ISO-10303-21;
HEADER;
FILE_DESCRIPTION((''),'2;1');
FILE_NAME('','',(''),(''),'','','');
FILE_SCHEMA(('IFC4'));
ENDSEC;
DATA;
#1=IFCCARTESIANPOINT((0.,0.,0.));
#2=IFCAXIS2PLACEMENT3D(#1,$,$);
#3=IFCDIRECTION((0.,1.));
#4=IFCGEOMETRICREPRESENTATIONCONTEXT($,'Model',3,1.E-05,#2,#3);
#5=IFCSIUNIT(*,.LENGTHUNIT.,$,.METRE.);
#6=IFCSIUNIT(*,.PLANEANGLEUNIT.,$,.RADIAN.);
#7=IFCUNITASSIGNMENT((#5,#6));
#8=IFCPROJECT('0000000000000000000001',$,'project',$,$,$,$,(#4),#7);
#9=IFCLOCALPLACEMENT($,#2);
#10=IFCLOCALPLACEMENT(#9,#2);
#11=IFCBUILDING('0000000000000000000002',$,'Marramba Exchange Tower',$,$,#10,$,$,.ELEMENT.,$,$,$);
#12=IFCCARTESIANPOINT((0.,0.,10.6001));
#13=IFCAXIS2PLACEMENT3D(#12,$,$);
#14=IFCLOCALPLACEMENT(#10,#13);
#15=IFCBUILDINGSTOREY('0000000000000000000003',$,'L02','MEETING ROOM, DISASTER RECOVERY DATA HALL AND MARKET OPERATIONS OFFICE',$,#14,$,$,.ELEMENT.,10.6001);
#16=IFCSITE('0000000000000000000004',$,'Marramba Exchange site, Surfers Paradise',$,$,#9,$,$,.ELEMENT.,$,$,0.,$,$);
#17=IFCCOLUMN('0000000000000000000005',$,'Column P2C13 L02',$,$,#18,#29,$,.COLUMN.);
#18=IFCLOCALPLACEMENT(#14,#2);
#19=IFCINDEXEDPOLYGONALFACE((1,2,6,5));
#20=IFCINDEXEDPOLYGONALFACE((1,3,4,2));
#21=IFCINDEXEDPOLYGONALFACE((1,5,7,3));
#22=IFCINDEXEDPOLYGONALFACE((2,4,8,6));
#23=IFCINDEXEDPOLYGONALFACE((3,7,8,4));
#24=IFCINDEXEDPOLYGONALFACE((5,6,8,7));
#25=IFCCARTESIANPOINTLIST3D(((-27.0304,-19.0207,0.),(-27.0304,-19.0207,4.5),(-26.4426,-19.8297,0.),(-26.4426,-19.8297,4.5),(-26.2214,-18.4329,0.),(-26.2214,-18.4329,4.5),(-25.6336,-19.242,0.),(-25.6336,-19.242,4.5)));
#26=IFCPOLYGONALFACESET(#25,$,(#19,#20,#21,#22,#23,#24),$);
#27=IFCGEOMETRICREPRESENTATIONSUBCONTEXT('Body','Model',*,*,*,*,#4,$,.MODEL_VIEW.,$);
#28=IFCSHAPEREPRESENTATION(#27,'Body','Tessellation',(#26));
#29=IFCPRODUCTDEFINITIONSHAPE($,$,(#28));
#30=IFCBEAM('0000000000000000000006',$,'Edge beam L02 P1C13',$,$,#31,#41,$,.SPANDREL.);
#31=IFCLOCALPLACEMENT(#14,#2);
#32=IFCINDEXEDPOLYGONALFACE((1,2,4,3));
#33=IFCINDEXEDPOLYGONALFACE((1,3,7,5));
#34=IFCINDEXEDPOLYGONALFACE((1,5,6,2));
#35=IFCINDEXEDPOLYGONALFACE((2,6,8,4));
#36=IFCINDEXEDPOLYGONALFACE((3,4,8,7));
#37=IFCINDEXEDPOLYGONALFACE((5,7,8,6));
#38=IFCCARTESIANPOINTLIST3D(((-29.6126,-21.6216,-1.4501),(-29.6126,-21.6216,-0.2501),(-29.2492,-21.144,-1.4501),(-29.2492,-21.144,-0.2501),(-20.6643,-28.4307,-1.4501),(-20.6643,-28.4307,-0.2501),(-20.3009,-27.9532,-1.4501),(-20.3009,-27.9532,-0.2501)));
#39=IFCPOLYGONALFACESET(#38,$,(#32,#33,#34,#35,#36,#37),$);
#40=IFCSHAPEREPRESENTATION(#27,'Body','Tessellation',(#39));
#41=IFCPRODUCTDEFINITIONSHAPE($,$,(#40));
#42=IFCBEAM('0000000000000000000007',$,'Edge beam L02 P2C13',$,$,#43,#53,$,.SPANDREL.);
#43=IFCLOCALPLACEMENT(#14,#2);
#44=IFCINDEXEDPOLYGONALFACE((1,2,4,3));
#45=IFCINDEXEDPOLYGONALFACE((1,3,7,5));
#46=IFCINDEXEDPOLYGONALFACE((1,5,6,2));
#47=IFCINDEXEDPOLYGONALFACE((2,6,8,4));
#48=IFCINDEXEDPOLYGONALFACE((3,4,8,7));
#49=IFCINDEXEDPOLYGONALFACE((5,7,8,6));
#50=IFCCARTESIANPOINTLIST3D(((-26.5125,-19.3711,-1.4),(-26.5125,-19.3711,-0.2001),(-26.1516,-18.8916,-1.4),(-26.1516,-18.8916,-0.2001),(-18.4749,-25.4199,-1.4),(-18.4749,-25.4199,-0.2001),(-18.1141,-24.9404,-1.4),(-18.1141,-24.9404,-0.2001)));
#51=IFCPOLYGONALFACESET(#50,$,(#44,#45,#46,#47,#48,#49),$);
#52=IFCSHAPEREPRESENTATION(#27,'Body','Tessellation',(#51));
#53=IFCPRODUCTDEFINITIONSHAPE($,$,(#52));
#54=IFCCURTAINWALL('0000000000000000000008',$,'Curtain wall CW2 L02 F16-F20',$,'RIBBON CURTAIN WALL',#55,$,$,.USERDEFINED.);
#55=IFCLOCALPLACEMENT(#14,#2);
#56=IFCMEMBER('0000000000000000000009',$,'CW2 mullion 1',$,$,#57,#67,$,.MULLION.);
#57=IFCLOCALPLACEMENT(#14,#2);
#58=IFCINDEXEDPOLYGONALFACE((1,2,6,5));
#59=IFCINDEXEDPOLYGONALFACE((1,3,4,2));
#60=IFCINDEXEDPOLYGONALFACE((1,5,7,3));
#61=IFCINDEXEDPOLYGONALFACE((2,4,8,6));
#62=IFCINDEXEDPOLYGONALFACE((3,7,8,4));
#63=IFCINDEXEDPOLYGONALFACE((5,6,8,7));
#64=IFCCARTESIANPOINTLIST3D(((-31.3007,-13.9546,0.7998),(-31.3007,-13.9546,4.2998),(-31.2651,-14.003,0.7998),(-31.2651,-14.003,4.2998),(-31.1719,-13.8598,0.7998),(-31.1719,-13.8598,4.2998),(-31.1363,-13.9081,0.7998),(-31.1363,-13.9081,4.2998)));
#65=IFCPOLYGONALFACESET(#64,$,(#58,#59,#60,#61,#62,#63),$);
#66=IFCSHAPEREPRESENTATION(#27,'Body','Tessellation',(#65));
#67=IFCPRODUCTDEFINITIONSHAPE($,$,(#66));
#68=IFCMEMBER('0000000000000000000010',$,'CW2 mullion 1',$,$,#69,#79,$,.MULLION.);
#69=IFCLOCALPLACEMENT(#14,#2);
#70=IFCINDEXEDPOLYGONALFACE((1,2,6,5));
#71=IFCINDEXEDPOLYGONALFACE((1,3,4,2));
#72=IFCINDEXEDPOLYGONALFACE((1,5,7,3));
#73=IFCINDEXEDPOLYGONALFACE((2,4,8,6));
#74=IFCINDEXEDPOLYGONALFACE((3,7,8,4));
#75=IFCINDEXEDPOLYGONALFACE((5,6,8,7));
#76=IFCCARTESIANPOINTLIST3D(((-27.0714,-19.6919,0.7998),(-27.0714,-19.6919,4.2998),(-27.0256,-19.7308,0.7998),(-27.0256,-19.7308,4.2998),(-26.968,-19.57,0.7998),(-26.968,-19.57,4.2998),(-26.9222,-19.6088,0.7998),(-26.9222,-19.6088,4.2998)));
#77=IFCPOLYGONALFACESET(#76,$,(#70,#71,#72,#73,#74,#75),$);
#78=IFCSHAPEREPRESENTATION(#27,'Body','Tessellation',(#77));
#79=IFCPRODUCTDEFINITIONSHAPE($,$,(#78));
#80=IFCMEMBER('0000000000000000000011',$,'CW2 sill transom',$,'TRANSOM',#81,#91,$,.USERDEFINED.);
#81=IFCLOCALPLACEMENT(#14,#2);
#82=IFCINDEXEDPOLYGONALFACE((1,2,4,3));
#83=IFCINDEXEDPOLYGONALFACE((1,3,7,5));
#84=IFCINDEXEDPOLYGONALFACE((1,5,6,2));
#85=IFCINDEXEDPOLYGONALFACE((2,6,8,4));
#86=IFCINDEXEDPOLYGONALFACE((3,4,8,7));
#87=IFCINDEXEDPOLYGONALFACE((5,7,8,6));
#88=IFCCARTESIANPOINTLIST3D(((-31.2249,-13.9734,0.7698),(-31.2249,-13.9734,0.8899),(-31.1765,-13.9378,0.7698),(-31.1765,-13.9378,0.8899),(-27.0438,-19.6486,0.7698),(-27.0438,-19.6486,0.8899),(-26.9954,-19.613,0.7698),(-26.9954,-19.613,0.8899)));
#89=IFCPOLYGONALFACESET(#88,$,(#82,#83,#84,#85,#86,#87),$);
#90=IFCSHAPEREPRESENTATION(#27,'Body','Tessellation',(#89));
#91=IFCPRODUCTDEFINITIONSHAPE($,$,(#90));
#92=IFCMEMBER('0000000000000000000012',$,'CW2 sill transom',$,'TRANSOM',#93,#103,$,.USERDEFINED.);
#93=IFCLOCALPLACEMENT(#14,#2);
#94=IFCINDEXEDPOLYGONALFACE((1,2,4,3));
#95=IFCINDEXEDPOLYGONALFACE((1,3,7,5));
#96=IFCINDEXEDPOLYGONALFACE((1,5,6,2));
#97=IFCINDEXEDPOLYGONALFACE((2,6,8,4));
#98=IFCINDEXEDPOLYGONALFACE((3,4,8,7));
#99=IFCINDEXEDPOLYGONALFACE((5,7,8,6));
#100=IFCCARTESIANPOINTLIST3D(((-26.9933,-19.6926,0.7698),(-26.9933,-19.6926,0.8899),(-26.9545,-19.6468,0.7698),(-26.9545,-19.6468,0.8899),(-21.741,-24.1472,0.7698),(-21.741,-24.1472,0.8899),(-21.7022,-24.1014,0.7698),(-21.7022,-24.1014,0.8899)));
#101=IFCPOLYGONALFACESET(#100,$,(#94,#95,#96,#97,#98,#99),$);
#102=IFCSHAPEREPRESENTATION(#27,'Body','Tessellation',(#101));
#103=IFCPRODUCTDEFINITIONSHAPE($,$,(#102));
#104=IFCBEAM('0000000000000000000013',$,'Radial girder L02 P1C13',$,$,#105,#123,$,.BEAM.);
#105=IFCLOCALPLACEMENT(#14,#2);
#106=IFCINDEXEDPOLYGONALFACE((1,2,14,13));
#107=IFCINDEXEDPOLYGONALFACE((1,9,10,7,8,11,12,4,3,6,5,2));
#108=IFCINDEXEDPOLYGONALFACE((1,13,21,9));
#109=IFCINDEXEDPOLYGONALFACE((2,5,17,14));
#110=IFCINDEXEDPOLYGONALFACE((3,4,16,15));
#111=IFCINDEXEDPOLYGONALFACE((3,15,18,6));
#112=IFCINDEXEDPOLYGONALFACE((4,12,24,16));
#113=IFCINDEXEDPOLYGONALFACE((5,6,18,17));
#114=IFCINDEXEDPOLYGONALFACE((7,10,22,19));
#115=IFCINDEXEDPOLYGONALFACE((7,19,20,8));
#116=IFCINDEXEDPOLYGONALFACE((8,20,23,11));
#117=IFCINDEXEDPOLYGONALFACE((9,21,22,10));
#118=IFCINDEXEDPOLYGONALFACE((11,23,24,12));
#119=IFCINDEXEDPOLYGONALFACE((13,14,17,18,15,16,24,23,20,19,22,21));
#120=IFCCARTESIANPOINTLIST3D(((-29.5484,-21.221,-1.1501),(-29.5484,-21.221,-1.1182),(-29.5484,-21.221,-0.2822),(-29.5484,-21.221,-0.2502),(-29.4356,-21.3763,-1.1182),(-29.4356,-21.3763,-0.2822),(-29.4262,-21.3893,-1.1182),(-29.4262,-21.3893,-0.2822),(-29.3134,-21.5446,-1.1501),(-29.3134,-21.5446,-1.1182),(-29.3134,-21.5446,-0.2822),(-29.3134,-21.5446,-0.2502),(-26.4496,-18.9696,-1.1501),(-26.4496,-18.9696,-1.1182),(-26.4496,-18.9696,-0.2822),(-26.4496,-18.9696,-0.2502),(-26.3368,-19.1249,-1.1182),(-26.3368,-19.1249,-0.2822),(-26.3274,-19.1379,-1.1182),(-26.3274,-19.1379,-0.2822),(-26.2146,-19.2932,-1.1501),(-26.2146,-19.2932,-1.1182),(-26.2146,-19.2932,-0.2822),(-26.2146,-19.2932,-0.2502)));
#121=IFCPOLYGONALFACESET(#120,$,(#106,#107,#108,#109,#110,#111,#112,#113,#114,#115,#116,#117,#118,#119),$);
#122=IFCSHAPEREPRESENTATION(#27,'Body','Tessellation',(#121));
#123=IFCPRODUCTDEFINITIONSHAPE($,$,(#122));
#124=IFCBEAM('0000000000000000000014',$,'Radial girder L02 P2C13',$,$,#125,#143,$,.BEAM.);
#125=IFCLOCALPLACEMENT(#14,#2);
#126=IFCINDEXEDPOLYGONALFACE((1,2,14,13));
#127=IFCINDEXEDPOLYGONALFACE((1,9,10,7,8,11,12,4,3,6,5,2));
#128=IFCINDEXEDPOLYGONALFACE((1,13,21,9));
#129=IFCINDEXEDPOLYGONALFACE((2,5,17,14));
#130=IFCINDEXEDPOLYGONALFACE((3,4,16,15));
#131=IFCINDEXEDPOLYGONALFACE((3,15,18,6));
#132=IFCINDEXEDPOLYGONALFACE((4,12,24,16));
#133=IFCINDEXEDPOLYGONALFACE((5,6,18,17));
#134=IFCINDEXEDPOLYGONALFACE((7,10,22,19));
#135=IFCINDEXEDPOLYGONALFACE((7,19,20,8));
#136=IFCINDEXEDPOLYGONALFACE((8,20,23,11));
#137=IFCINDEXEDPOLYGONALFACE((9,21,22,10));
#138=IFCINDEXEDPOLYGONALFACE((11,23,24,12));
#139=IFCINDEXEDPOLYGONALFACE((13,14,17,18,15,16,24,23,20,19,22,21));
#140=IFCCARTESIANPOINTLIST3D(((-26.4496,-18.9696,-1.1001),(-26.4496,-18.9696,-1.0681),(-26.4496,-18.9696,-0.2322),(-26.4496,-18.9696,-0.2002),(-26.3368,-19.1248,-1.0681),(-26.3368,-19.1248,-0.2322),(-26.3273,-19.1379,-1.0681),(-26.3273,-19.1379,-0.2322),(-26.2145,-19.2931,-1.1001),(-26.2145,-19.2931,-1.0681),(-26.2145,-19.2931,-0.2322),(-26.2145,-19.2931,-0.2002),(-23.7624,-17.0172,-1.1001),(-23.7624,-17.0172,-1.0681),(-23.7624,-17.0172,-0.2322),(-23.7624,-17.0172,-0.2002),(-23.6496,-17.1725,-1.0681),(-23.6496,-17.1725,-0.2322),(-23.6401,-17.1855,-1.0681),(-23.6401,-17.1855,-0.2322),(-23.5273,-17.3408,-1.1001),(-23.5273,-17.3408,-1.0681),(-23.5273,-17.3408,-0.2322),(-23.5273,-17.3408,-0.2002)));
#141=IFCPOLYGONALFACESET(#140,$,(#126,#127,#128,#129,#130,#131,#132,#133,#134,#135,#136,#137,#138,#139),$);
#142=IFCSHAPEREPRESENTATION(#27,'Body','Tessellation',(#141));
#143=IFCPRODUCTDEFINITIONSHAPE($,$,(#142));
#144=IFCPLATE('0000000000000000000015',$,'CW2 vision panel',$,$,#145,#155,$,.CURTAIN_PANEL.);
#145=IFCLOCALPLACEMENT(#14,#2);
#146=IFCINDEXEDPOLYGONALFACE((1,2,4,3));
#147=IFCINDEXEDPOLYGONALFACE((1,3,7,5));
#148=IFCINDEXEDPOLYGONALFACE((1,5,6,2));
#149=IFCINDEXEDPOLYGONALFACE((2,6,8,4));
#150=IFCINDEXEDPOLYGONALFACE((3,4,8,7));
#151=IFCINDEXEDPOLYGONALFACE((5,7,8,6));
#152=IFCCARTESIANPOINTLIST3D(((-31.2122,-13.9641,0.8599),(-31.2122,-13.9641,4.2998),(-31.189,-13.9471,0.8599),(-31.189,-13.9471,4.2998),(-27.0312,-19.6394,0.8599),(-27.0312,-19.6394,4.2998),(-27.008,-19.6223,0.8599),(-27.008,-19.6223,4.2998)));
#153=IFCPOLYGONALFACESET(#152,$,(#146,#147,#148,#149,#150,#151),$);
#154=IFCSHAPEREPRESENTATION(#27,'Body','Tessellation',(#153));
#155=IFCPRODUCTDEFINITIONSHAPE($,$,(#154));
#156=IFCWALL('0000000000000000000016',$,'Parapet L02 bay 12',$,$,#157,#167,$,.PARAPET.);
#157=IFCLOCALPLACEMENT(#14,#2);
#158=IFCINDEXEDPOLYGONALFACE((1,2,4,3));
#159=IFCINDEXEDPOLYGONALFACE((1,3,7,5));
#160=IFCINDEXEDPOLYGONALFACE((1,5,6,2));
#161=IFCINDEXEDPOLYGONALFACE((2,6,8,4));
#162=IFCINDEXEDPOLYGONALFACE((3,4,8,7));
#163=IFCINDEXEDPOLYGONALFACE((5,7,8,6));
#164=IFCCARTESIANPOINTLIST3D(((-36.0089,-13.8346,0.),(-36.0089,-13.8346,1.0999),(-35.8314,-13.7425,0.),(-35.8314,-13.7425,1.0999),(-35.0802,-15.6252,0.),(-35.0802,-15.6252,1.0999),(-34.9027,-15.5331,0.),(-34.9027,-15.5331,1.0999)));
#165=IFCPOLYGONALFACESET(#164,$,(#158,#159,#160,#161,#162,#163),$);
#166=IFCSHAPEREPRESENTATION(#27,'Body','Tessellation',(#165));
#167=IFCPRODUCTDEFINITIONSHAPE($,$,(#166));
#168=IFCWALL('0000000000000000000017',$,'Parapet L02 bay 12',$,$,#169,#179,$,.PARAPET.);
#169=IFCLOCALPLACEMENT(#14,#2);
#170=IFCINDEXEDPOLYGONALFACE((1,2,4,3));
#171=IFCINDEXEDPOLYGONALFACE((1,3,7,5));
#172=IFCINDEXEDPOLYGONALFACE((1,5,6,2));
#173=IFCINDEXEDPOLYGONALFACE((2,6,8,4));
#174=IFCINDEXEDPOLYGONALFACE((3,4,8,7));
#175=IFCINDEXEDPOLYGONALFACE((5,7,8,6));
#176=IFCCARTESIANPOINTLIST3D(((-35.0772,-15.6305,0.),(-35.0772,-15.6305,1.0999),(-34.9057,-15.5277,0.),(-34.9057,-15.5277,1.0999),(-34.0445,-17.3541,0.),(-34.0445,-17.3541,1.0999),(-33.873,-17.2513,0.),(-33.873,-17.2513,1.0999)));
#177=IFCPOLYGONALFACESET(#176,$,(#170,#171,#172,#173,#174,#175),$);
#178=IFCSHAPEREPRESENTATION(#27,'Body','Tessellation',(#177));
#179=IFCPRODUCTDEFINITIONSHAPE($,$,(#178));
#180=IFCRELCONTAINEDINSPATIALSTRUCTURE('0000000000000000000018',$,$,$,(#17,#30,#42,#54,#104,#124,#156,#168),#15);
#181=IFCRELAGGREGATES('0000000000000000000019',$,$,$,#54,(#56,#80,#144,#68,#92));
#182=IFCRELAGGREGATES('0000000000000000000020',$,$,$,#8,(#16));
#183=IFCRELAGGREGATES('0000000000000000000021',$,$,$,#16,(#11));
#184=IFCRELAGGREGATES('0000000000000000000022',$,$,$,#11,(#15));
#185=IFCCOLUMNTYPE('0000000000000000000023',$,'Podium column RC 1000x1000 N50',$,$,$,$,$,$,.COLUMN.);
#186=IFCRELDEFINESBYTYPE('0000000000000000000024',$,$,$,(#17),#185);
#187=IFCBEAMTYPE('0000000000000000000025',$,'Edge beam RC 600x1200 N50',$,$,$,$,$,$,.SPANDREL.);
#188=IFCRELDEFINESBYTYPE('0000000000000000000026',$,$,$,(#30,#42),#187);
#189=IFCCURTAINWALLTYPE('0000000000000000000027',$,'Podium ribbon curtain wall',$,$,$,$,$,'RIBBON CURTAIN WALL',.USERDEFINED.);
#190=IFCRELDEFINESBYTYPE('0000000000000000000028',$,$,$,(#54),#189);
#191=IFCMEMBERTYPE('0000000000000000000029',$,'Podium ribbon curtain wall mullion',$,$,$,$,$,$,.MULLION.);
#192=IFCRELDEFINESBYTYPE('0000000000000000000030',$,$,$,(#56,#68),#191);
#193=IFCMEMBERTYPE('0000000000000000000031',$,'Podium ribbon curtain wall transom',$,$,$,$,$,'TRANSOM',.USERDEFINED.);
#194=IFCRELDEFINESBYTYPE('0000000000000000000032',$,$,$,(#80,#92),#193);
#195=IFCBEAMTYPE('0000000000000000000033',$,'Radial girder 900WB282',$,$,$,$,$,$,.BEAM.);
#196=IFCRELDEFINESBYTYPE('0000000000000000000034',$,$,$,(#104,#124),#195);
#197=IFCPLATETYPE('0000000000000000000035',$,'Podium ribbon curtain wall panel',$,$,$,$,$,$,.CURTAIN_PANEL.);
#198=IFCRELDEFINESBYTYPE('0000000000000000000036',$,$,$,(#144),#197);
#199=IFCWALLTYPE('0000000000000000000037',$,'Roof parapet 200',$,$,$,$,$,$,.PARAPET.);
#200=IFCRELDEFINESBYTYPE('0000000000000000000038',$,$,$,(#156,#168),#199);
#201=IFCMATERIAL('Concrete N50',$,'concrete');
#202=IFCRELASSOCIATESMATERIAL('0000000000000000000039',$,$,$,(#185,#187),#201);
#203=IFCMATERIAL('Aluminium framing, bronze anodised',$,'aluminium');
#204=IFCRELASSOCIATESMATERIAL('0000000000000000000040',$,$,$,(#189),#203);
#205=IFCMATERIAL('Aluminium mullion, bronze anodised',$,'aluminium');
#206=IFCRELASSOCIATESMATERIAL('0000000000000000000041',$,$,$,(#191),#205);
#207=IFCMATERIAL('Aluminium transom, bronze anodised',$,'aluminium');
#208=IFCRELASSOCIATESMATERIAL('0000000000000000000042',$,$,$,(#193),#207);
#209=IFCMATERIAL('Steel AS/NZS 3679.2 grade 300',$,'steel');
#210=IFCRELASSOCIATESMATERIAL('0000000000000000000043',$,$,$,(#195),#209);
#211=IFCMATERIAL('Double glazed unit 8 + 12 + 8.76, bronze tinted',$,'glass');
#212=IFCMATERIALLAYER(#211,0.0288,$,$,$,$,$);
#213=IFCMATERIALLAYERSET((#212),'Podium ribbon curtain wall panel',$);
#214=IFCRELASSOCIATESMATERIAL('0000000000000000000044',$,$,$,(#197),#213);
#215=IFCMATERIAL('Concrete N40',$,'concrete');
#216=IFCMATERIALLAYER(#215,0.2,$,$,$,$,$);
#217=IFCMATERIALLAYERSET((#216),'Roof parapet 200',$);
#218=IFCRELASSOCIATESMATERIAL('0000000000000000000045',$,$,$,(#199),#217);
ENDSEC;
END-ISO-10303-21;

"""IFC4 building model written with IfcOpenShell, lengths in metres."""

from ifc_helpers import new_model, si_unit, direction, frame, frame_2d, origin, origin_2d, place, context, subcontext, project, spatial, rectangle, i_section, extrude, material, layer, layer_set, material_profile, profile_set, type_object, element, aggregate, save


model = new_model("IFC4")

# Units and contexts
model_context = context("Model", 3, precision=1e-05, world=origin(), true_north=direction((0.0, 1.0)))
body_context = subcontext(model_context, "Body", "Model", "MODEL_VIEW")
ifc_project = project(units=[si_unit("LENGTHUNIT", "METRE"), si_unit("PLANEANGLEUNIT", "RADIAN")], contexts=[model_context])

# Site, building, storey
site_placement = place(None, origin())
site = spatial("IfcSite", under=ifc_project, at=site_placement, Name="Marramba Exchange site, Surfers Paradise", CompositionType="ELEMENT", RefElevation=0.0)
building_placement = place(site_placement, origin())
building = spatial("IfcBuilding", under=site, at=building_placement, Name="Marramba Exchange Tower", CompositionType="ELEMENT")
storey_placement = place(building_placement, frame((0.0, 0.0, 10.6001)))
storey = spatial("IfcBuildingStorey", under=building, at=storey_placement, Name="L02", Description="MEETING ROOM, DISASTER RECOVERY DATA HALL AND MARKET OPERATIONS OFFICE", CompositionType="ELEMENT", Elevation=10.6001)

# Column
ifc_material_1 = material(Name="Concrete N50", Category="concrete")
ifc_material_profile_1 = material_profile(ifc_material_1, rectangle(XDim=1.0, YDim=1.0, at=origin_2d()), Name="RC 1000x1000")
ifc_profile_set_1 = profile_set([ifc_material_profile_1], Name="Concrete N50")
column_type = type_object("IfcColumnType", Name="Podium column RC 1000x1000 N50", PredefinedType="COLUMN", material=ifc_profile_set_1)
column_placement = place(storey_placement, frame((-26.332, -19.1313, 0.0), z_axis=(0.0, 0.0, 1.0), x_axis=(-0.809017, -0.587785, 0.0)))
element("IfcColumn", 1, at=column_placement, inside=storey, type_object=column_type, Name="Column P2C13 L02", PredefinedType="COLUMN", context=body_context, shape_type="SweptSolid", body=[
    extrude(rectangle(XDim=1.0, YDim=1.0, at=origin_2d()), origin(), (0.0, 0.0, 1.0), 4.5),
])

# Beams
ifc_material_profile_2 = material_profile(ifc_material_1, rectangle(XDim=0.6001, YDim=1.2, at=origin_2d()), Name="RC 600x1200")
ifc_profile_set_2 = profile_set([ifc_material_profile_2], Name="Concrete N50")
beam_type_1 = type_object("IfcBeamType", Name="Edge beam RC 600x1200 N50", PredefinedType="SPANDREL", material=ifc_profile_set_2)
beam_1_placement = place(storey_placement, frame((-29.4309, -21.3828, -0.8501), z_axis=(0.795801, -0.605558, 0.0), x_axis=(0.605558, 0.795801, 0.0)))
element("IfcBeam", 2, at=beam_1_placement, inside=storey, type_object=beam_type_1, Name="Edge beam L02 P1C13", PredefinedType="SPANDREL", context=body_context, shape_type="SweptSolid", body=[
    extrude(rectangle(XDim=0.6001, YDim=1.2, at=origin_2d()), origin(), (0.0, 0.0, 1.0), 11.2444),
])
beam_2_placement = place(storey_placement, frame((-26.332, -19.1313, -0.8), z_axis=(0.799015, -0.601312, 0.0), x_axis=(0.601312, 0.799015, 0.0)))
element("IfcBeam", 3, at=beam_2_placement, inside=storey, type_object=beam_type_1, Name="Edge beam L02 P2C13", PredefinedType="SPANDREL", context=body_context, shape_type="SweptSolid", body=[
    extrude(rectangle(XDim=0.6001, YDim=1.2, at=origin_2d()), origin(), (0.0, 0.0, 1.0), 10.0593),
])

# Curtain wall, members
ifc_material_2 = material(Name="Aluminium framing, bronze anodised", Category="aluminium")
curtain_wall_type = type_object("IfcCurtainWallType", Name="Podium ribbon curtain wall", ElementType="RIBBON CURTAIN WALL", PredefinedType="USERDEFINED", material=ifc_material_2)
curtain_wall_placement = place(storey_placement, origin())
curtain_wall = element("IfcCurtainWall", 4, at=curtain_wall_placement, inside=storey, type_object=curtain_wall_type, Name="Curtain wall CW2 L02 F16-F20", ObjectType="RIBBON CURTAIN WALL", PredefinedType="USERDEFINED")
ifc_material_3 = material(Name="Aluminium mullion, bronze anodised", Category="aluminium")
ifc_material_profile_3 = material_profile(ifc_material_3, rectangle(XDim=0.1599, YDim=0.0601, at=origin_2d()), Name="CW2 mullion 60x160")
ifc_profile_set_3 = profile_set([ifc_material_profile_3], Name="Aluminium mullion, bronze anodised")
member_type_1 = type_object("IfcMemberType", Name="Podium ribbon curtain wall mullion", PredefinedType="MULLION", material=ifc_profile_set_3)
member_1_placement = place(storey_placement, frame((-31.2185, -13.9314, 0.7998), z_axis=(0.0, 0.0, 1.0), x_axis=(0.805102, 0.593136, 0.0)))
member_1 = element("IfcMember", 5, at=member_1_placement, type_object=member_type_1, Name="CW2 mullion 1", PredefinedType="MULLION", context=body_context, shape_type="SweptSolid", body=[
    extrude(rectangle(XDim=0.1599, YDim=0.0601, at=origin_2d()), origin(), (0.0, 0.0, 1.0), 3.5),
])
member_2_placement = place(storey_placement, frame((-26.9968, -19.6504, 0.7998), z_axis=(0.0, 0.0, 1.0), x_axis=(0.646819, 0.762643, 0.0)))
member_2 = element("IfcMember", 6, at=member_2_placement, type_object=member_type_1, Name="CW2 mullion 1", PredefinedType="MULLION", context=body_context, shape_type="SweptSolid", body=[
    extrude(rectangle(XDim=0.1599, YDim=0.0601, at=origin_2d()), origin(), (0.0, 0.0, 1.0), 3.5),
])
ifc_material_4 = material(Name="Aluminium transom, bronze anodised", Category="aluminium")
ifc_material_profile_4 = material_profile(ifc_material_4, rectangle(XDim=0.0601, YDim=0.1201, at=origin_2d()), Name="CW2 transom 60x120")
ifc_profile_set_4 = profile_set([ifc_material_profile_4], Name="Aluminium transom, bronze anodised")
member_type_2 = type_object("IfcMemberType", Name="Podium ribbon curtain wall transom", ElementType="TRANSOM", PredefinedType="USERDEFINED", material=ifc_profile_set_4)
member_3_placement = place(storey_placement, frame((-31.2007, -13.9556, 0.8298), z_axis=(0.59314, -0.805099, 0.0), x_axis=(0.805099, 0.59314, 0.0)))
member_3 = element("IfcMember", 7, at=member_3_placement, type_object=member_type_2, Name="CW2 sill transom", ObjectType="TRANSOM", PredefinedType="USERDEFINED", context=body_context, shape_type="SweptSolid", body=[
    extrude(rectangle(XDim=0.0601, YDim=0.1201, at=origin_2d()), origin(), (0.0, 0.0, 1.0), 7.0491),
])
member_4_placement = place(storey_placement, frame((-26.9739, -19.6697, 0.8298), z_axis=(0.762639, -0.646824, 0.0), x_axis=(0.646824, 0.762639, 0.0)))
member_4 = element("IfcMember", 8, at=member_4_placement, type_object=member_type_2, Name="CW2 sill transom", ObjectType="TRANSOM", PredefinedType="USERDEFINED", context=body_context, shape_type="SweptSolid", body=[
    extrude(rectangle(XDim=0.0601, YDim=0.1201, at=origin_2d()), origin(), (0.0, 0.0, 1.0), 6.887),
])

# Beams
ifc_material_5 = material(Name="Steel AS/NZS 3679.2 grade 300", Category="steel")
ifc_material_profile_5 = material_profile(ifc_material_5, i_section(OverallWidth=0.3999, OverallDepth=0.8999, WebThickness=0.0161, FlangeThickness=0.032, at=origin_2d()), Name="900WB282")
ifc_profile_set_5 = profile_set([ifc_material_profile_5], Name="Steel AS/NZS 3679.2 grade 300")
beam_type_2 = type_object("IfcBeamType", Name="Radial girder 900WB282", PredefinedType="BEAM", material=ifc_profile_set_5)
beam_3_placement = place(storey_placement, frame((-29.4309, -21.3828, -0.7002), z_axis=(0.809017, 0.587785, 0.0), x_axis=(-0.587785, 0.809017, 0.0)))
element("IfcBeam", 9, at=beam_3_placement, inside=storey, type_object=beam_type_2, Name="Radial girder L02 P1C13", PredefinedType="BEAM", context=body_context, shape_type="SweptSolid", body=[
    extrude(i_section(OverallWidth=0.3999, OverallDepth=0.8999, WebThickness=0.0161, FlangeThickness=0.032, at=origin_2d()), origin(), (0.0, 0.0, 1.0), 3.8303),
])
beam_4_placement = place(storey_placement, frame((-26.332, -19.1313, -0.6501), z_axis=(0.809019, 0.587783, 0.0), x_axis=(-0.587783, 0.809019, 0.0)))
element("IfcBeam", 10, at=beam_4_placement, inside=storey, type_object=beam_type_2, Name="Radial girder L02 P2C13", PredefinedType="BEAM", context=body_context, shape_type="SweptSolid", body=[
    extrude(i_section(OverallWidth=0.3999, OverallDepth=0.8999, WebThickness=0.0161, FlangeThickness=0.032, at=origin_2d()), origin(), (0.0, 0.0, 1.0), 3.3215),
])

# Plate
ifc_material_6 = material(Name="Double glazed unit 8 + 12 + 8.76, bronze tinted", Category="glass")
ifc_layer_1 = layer(ifc_material_6, 0.0288)
ifc_layer_set_1 = layer_set([ifc_layer_1], Name="Podium ribbon curtain wall panel")
plate_type = type_object("IfcPlateType", Name="Podium ribbon curtain wall panel", PredefinedType="CURTAIN_PANEL", material=ifc_layer_set_1)
plate_placement = place(storey_placement, frame((-29.1101, -16.7932, 0.8599), z_axis=(0.0, 0.0, 1.0), x_axis=(0.593136, -0.805102, 0.0)))
plate = element("IfcPlate", 11, at=plate_placement, type_object=plate_type, Name="CW2 vision panel", PredefinedType="CURTAIN_PANEL", context=body_context, shape_type="SweptSolid", body=[
    extrude(rectangle(XDim=7.0491, YDim=0.0288, at=origin_2d()), origin(), (0.0, 0.0, 1.0), 3.4399),
])
aggregate(curtain_wall, [member_1, member_3, plate, member_2, member_4])

# Walls
ifc_material_7 = material(Name="Concrete N40", Category="concrete")
ifc_layer_2 = layer(ifc_material_7, 0.2)
ifc_layer_set_2 = layer_set([ifc_layer_2], Name="Roof parapet 200")
wall_type = type_object("IfcWallType", Name="Roof parapet 200", PredefinedType="PARAPET", material=ifc_layer_set_2)
wall_1_placement = place(storey_placement, frame((-35.9202, -13.7886, 0.0), z_axis=(0.0, 0.0, 1.0), x_axis=(0.46043, -0.887696, 0.0)))
element("IfcWall", 12, at=wall_1_placement, inside=storey, type_object=wall_type, Name="Parapet L02 bay 12", PredefinedType="PARAPET", context=body_context, shape_type="SweptSolid", body=[
    extrude(rectangle(XDim=2.0171, YDim=0.2, at=frame_2d((1.0085, 0.0))), origin(), (0.0, 0.0, 1.0), 1.0999),
])
wall_2_placement = place(storey_placement, frame((-34.9915, -15.5791, 0.0), z_axis=(0.0, 0.0, 1.0), x_axis=(0.51396, -0.857814, 0.0)))
element("IfcWall", 13, at=wall_2_placement, inside=storey, type_object=wall_type, Name="Parapet L02 bay 12", PredefinedType="PARAPET", context=body_context, shape_type="SweptSolid", body=[
    extrude(rectangle(XDim=2.0093, YDim=0.2, at=frame_2d((1.0046, 0.0))), origin(), (0.0, 0.0, 1.0), 1.0999),
])

save(model, "model.ifc")
